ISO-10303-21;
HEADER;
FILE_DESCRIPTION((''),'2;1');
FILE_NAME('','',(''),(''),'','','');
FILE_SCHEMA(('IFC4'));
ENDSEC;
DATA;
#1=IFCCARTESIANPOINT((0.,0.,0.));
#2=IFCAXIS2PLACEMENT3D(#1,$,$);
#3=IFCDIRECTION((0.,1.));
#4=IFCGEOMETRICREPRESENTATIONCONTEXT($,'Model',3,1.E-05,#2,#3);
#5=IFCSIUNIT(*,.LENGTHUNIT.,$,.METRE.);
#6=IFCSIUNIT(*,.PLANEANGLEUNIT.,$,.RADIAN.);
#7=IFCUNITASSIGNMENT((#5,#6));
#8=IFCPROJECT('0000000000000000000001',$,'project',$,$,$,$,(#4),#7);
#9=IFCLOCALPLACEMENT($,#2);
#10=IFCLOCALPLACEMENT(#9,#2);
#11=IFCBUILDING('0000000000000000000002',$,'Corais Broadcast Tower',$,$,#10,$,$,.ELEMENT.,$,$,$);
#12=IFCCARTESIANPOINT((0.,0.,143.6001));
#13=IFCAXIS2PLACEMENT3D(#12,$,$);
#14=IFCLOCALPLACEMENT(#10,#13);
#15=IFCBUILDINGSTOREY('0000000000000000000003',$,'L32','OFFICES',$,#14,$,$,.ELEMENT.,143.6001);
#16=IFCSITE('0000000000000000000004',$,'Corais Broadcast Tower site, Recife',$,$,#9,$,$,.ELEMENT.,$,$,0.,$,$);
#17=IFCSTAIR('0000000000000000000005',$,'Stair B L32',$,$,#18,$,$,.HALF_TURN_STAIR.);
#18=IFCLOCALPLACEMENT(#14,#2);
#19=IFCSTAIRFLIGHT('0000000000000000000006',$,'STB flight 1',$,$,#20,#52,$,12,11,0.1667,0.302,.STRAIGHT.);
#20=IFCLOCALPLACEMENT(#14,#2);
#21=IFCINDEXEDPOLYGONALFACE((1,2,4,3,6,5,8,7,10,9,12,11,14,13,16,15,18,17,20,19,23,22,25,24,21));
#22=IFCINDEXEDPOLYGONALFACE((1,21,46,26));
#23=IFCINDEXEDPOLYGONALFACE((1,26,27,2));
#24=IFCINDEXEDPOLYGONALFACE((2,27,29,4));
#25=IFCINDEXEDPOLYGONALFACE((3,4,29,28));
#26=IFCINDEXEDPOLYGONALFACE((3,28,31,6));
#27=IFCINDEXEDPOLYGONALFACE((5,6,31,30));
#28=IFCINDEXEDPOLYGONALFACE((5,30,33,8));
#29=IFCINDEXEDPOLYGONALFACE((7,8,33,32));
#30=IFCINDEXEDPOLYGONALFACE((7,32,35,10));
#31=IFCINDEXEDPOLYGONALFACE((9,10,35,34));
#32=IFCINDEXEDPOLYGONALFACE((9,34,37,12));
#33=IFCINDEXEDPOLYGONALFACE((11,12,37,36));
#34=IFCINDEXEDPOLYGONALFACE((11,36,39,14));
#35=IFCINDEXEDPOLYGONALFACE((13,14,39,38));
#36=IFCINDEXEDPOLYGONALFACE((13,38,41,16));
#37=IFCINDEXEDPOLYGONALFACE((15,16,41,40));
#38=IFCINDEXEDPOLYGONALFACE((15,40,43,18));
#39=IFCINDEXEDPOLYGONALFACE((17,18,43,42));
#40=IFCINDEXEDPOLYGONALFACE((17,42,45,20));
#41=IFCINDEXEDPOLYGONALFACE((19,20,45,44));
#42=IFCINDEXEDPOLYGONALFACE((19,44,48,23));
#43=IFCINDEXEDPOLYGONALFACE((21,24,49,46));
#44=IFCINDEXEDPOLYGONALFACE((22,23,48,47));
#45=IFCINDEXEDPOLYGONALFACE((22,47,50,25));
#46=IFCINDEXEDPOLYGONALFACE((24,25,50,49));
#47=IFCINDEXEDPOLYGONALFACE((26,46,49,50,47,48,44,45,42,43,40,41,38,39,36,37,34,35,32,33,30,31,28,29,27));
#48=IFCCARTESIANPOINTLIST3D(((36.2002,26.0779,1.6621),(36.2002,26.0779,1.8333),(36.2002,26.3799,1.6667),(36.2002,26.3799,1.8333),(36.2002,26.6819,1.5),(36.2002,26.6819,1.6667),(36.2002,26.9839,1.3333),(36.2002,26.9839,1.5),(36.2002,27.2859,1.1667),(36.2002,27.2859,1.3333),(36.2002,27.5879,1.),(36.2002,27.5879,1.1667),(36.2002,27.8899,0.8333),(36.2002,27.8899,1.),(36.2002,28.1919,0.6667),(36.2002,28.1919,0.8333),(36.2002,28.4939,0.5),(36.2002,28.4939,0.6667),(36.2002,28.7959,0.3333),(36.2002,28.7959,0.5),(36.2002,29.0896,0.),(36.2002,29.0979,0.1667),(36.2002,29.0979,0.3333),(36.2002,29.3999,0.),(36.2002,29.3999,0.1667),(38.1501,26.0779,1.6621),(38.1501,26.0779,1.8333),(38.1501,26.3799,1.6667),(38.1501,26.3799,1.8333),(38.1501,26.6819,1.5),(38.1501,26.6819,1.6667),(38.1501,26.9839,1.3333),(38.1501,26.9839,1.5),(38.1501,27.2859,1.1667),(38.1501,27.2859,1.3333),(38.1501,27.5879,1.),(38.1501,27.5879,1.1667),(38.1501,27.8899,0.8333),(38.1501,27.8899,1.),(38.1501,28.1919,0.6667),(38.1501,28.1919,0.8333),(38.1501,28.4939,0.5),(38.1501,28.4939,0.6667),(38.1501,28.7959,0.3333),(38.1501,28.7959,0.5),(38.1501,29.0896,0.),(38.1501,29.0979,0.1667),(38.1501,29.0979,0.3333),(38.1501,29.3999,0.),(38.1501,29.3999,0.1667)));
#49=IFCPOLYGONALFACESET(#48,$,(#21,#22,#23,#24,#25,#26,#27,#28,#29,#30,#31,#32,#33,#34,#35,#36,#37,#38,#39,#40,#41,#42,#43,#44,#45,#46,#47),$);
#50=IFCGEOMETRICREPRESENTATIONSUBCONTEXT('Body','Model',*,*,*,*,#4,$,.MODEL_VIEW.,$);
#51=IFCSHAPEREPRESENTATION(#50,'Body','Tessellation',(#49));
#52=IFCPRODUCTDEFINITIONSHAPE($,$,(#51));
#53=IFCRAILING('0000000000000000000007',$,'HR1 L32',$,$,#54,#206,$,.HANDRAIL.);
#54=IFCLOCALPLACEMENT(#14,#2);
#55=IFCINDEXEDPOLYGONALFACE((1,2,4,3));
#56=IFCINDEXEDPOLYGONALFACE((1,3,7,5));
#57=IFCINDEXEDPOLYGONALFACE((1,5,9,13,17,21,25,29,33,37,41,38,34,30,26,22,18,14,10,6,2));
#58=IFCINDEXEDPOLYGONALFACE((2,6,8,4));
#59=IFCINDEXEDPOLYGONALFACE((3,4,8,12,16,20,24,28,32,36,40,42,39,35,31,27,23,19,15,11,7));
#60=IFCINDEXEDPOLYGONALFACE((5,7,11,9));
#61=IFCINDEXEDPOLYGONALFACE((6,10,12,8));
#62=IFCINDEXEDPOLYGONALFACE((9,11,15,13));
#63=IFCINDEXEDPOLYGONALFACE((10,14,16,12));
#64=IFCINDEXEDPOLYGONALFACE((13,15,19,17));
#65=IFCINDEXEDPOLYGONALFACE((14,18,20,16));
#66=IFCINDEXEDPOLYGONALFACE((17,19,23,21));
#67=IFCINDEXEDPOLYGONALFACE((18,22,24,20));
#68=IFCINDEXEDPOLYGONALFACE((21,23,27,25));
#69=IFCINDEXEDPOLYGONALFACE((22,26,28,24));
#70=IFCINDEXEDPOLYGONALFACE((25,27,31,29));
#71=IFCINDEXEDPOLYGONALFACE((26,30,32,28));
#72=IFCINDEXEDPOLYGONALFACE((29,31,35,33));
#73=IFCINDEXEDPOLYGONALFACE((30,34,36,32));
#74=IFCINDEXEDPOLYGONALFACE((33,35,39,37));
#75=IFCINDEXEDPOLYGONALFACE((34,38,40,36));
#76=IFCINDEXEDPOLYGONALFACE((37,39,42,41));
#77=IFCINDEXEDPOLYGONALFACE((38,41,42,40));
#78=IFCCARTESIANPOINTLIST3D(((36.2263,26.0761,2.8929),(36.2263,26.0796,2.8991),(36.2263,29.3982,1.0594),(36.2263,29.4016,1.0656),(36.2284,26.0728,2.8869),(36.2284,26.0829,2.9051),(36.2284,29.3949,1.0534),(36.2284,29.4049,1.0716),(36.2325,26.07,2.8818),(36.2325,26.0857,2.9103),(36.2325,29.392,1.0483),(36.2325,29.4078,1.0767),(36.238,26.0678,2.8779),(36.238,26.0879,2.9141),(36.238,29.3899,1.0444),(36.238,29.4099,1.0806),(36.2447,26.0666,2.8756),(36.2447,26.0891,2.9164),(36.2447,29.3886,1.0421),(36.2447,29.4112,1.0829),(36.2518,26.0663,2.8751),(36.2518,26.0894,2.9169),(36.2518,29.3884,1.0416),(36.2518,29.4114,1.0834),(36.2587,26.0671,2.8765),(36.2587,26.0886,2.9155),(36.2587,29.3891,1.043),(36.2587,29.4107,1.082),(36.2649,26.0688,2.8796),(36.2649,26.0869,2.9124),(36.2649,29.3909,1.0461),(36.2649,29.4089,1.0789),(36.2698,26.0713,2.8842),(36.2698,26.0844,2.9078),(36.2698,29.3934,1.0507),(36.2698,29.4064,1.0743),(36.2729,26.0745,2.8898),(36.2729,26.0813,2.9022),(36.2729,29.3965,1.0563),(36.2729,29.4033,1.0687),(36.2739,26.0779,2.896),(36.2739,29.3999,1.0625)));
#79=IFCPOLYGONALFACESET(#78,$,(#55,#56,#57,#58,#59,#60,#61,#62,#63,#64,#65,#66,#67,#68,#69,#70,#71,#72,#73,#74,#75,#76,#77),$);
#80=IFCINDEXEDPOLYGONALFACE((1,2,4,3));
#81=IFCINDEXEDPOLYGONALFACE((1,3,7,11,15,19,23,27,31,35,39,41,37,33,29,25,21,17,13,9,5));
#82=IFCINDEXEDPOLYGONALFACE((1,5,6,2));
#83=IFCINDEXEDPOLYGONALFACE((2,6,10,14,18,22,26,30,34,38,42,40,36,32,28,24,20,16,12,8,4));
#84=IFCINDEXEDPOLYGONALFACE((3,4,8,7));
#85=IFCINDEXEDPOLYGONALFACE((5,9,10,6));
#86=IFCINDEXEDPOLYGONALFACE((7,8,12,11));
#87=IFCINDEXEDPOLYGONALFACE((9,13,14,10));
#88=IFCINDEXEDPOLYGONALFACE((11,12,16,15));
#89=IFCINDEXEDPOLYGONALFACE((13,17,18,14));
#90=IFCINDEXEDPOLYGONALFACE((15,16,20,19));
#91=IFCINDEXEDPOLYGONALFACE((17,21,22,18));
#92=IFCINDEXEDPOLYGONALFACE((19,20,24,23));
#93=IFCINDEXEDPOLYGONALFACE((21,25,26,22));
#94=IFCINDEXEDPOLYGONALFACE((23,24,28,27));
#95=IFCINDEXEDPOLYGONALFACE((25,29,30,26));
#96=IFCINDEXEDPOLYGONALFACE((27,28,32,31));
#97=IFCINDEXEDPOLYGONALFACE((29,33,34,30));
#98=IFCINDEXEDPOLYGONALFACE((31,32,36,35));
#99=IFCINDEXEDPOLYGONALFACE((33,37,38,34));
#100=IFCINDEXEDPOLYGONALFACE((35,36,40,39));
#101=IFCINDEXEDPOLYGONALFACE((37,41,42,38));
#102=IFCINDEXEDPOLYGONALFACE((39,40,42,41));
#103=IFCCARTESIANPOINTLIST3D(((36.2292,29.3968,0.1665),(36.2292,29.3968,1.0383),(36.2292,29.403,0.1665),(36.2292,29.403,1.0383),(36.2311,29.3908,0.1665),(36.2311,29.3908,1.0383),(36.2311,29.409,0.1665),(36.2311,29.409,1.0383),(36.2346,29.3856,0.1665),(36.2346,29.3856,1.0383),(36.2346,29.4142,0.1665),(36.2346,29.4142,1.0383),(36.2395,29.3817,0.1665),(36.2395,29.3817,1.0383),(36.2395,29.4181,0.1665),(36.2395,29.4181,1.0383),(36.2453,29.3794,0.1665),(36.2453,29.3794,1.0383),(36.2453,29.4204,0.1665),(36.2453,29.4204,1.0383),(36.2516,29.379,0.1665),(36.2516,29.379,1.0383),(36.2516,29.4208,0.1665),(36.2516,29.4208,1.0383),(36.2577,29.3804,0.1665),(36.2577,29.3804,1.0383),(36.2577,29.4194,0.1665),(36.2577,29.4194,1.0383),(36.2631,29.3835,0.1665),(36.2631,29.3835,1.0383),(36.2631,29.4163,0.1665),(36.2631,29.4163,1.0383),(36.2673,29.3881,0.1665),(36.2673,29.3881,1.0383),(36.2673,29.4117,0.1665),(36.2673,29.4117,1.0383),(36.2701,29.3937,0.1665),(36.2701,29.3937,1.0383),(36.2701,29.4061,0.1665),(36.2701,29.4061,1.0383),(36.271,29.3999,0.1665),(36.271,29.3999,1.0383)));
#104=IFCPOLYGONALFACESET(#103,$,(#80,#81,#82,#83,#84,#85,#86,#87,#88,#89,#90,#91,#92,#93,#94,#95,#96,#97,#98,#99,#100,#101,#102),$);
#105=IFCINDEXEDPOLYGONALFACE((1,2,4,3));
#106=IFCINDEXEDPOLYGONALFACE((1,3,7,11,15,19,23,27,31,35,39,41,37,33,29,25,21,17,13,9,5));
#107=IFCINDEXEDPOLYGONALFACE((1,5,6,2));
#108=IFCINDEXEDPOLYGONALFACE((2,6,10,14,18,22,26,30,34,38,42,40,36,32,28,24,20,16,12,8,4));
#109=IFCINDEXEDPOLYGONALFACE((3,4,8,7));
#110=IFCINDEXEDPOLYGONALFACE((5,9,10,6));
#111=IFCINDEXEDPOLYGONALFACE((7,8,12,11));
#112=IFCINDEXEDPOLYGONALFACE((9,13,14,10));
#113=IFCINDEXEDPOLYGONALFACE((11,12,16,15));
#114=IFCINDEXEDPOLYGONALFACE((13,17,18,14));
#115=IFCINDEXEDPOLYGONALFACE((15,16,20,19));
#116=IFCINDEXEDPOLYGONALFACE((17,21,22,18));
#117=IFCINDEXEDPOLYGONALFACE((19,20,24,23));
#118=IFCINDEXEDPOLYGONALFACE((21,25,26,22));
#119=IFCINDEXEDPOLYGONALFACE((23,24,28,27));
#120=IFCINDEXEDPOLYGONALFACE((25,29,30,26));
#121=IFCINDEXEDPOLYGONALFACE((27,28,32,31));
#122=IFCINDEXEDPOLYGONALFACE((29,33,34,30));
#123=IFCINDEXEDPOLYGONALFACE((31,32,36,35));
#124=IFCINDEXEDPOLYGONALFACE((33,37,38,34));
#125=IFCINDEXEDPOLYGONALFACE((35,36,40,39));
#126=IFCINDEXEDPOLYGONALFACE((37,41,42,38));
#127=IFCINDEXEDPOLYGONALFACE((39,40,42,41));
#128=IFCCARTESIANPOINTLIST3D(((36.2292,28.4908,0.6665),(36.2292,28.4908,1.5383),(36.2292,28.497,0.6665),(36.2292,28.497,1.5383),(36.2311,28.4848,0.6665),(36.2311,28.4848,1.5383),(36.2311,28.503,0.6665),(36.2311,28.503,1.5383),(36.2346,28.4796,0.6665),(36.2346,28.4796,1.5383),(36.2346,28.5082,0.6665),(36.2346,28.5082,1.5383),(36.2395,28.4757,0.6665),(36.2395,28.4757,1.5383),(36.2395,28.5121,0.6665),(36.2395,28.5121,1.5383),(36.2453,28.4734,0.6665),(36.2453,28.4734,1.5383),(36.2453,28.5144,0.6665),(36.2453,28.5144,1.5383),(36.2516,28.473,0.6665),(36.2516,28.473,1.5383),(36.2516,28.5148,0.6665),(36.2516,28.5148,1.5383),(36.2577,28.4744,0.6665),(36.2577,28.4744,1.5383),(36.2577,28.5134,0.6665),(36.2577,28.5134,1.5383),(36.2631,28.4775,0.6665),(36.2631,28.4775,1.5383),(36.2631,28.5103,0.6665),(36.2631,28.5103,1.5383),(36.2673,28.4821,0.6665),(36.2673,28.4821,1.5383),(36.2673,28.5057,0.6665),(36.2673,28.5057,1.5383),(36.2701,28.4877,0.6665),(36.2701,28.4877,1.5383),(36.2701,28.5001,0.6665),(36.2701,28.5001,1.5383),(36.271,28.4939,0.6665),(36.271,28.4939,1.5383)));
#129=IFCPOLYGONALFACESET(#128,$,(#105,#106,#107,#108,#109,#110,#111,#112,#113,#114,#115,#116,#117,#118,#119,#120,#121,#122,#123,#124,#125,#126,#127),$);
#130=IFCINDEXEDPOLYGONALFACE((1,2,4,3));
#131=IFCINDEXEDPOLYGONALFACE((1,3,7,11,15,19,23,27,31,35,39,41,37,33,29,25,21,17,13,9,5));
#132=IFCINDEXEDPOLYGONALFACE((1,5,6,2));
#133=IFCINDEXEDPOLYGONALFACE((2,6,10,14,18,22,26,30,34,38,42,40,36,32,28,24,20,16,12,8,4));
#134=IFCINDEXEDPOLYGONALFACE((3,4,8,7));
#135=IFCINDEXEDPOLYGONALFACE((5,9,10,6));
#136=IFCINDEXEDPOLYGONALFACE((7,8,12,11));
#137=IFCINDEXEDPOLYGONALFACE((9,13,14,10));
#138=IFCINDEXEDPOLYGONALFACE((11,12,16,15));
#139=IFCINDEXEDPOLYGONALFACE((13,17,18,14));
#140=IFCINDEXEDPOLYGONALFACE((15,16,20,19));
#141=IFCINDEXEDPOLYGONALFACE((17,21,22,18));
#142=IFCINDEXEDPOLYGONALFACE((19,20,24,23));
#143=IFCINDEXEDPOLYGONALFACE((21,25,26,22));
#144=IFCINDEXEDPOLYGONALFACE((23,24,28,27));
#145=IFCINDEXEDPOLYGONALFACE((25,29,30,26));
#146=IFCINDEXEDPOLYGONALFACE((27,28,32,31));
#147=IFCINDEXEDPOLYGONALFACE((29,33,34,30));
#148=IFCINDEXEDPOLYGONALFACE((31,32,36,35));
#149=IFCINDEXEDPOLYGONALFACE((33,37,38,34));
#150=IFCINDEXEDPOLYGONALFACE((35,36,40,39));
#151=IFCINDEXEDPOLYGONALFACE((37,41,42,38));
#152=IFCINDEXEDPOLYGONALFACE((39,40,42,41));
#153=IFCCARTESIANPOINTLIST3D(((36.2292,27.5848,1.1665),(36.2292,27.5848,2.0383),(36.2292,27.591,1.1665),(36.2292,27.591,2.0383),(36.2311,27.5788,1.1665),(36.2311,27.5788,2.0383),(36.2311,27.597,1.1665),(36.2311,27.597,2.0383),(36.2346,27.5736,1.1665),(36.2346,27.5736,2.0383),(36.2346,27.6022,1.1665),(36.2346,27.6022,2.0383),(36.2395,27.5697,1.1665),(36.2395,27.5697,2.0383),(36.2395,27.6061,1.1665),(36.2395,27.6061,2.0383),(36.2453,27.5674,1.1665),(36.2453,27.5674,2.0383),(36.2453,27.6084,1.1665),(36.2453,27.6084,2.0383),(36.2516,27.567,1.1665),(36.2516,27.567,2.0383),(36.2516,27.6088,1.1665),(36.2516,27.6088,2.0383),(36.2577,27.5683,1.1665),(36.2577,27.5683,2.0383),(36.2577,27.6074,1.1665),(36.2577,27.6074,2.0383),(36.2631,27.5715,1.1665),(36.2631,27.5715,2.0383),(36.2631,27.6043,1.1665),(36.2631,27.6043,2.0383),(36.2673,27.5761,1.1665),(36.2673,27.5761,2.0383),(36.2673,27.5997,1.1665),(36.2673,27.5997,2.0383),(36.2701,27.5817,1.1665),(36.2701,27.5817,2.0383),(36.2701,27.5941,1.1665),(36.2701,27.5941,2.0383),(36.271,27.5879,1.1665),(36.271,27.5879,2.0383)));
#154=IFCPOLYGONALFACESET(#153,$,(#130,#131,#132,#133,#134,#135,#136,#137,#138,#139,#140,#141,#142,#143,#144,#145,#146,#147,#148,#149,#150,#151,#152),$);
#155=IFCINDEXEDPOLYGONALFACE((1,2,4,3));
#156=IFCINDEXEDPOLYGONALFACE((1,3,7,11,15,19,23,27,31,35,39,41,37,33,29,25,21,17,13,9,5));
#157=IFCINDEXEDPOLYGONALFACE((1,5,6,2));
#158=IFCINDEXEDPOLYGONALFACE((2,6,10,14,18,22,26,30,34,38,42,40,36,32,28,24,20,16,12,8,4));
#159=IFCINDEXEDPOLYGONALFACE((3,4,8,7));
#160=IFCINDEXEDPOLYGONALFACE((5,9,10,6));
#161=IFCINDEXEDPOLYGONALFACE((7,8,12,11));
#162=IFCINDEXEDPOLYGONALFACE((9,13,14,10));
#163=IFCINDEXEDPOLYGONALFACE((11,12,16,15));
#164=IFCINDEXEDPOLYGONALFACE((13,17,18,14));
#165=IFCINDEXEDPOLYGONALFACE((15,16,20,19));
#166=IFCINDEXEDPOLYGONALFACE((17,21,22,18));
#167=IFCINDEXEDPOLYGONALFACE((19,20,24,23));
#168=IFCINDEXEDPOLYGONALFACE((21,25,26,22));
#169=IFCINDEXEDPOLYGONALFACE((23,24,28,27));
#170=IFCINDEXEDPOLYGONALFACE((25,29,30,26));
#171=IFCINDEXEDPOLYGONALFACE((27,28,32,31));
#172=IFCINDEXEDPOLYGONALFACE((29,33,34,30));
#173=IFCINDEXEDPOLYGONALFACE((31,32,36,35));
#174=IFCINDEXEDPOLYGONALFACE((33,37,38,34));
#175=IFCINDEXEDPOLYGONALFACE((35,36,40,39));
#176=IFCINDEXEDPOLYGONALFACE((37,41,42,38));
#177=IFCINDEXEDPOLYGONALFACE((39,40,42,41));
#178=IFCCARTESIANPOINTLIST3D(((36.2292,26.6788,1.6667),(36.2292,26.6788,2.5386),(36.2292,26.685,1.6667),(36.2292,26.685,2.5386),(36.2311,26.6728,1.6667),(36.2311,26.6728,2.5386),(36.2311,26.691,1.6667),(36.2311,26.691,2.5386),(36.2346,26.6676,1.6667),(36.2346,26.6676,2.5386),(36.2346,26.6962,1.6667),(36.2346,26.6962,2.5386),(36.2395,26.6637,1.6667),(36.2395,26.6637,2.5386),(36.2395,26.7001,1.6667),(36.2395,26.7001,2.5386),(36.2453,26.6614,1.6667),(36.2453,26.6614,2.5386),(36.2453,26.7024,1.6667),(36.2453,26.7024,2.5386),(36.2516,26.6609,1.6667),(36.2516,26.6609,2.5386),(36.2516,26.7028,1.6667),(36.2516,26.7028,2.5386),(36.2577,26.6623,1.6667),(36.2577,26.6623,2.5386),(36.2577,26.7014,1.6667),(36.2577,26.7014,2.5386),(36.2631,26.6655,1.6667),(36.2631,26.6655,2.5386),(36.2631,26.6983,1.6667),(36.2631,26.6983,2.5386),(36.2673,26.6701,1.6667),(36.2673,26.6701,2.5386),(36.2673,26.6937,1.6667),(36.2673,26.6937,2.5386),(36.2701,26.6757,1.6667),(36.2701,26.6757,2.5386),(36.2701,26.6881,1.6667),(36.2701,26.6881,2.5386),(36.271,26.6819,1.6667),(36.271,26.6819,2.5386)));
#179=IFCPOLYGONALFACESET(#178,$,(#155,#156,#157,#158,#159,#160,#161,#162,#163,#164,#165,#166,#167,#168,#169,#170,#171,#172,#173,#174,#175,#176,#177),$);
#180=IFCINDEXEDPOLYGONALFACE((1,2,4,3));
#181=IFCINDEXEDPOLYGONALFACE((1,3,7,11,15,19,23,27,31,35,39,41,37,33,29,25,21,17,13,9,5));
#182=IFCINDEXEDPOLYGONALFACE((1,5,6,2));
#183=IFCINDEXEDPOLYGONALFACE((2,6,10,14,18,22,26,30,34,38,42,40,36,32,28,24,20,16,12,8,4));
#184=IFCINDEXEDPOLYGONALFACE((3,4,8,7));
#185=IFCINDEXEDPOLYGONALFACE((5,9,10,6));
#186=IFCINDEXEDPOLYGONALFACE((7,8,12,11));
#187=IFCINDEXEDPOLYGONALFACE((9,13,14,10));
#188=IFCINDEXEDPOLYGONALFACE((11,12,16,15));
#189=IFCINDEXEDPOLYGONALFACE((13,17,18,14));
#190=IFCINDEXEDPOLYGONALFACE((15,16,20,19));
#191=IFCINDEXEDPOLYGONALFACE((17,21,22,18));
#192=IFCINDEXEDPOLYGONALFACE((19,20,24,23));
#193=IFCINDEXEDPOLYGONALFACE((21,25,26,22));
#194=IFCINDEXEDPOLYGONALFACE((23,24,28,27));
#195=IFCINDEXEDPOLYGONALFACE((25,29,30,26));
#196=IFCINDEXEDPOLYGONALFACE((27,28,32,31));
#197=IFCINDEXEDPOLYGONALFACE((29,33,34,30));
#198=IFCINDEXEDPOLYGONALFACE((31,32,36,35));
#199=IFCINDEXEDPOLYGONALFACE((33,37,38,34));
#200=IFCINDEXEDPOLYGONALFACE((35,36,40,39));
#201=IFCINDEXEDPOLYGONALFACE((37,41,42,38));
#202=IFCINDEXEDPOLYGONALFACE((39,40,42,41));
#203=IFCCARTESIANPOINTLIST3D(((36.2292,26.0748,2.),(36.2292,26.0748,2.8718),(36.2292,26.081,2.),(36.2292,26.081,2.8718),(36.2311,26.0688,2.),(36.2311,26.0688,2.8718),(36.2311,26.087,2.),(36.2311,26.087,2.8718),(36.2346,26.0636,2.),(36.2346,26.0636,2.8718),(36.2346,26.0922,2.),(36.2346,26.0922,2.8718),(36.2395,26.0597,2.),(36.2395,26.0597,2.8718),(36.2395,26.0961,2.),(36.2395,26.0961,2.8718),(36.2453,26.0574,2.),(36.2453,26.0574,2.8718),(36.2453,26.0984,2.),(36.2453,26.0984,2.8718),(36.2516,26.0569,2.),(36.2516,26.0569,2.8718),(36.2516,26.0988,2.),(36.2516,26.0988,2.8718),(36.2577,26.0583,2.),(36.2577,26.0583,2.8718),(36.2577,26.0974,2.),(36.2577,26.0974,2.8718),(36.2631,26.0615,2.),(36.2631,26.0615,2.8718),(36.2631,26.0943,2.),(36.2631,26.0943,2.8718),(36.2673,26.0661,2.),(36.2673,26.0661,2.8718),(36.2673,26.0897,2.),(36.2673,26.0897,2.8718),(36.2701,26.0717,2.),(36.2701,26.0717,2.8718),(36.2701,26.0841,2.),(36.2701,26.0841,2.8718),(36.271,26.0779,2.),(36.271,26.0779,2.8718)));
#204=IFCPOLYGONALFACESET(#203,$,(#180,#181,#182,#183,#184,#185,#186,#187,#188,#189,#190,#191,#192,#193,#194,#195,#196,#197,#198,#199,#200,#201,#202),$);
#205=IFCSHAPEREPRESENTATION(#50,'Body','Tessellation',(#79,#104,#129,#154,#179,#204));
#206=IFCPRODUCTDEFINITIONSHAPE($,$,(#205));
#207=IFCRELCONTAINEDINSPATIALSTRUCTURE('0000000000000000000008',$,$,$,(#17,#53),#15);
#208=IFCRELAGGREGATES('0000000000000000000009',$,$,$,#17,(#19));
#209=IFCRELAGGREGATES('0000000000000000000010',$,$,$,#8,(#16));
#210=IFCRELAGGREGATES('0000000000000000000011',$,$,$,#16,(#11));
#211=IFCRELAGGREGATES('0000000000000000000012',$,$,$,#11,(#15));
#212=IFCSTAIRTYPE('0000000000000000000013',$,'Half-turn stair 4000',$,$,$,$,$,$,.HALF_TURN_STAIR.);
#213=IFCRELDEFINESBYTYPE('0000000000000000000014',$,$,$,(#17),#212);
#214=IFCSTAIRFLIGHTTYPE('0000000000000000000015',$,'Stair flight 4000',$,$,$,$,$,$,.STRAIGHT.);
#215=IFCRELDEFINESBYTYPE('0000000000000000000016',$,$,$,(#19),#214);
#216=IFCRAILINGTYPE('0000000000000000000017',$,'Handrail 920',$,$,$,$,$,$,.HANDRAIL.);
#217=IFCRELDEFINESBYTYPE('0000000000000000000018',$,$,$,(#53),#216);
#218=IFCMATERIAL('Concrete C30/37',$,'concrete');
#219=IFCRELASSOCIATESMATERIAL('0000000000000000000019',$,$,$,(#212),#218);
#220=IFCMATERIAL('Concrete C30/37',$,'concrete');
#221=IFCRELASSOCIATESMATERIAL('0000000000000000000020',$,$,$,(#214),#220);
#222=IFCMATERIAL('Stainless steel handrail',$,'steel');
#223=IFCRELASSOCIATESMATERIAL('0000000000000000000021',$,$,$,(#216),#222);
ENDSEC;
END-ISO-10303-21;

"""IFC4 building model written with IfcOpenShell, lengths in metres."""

from ifc_helpers import new_model, si_unit, direction, frame, origin, origin_2d, place, context, subcontext, project, spatial, polyline, circle, outline, extrude, material, type_object, element, aggregate, save


model = new_model("IFC4")

# Units and contexts
model_context = context("Model", 3, precision=1e-05, world=origin(), true_north=direction((0.0, 1.0)))
body_context = subcontext(model_context, "Body", "Model", "MODEL_VIEW")
ifc_project = project(units=[si_unit("LENGTHUNIT", "METRE"), si_unit("PLANEANGLEUNIT", "RADIAN")], contexts=[model_context])

# Site, building, storey
site_placement = place(None, origin())
site = spatial("IfcSite", under=ifc_project, at=site_placement, Name="Corais Broadcast Tower site, Recife", CompositionType="ELEMENT", RefElevation=0.0)
building_placement = place(site_placement, origin())
building = spatial("IfcBuilding", under=site, at=building_placement, Name="Corais Broadcast Tower", CompositionType="ELEMENT")
storey_placement = place(building_placement, frame((0.0, 0.0, 143.6001)))
storey = spatial("IfcBuildingStorey", under=building, at=storey_placement, Name="L32", Description="OFFICES", CompositionType="ELEMENT", Elevation=143.6001)

# Stair, stair flight
ifc_material_1 = material(Name="Concrete C30/37", Category="concrete")
stair_type = type_object("IfcStairType", Name="Half-turn stair 4000", PredefinedType="HALF_TURN_STAIR", material=ifc_material_1)
stair_placement = place(storey_placement, origin())
stair = element("IfcStair", 1, at=stair_placement, inside=storey, type_object=stair_type, Name="Stair B L32", PredefinedType="HALF_TURN_STAIR")
ifc_material_2 = material(Name="Concrete C30/37", Category="concrete")
stair_flight_type = type_object("IfcStairFlightType", Name="Stair flight 4000", PredefinedType="STRAIGHT", material=ifc_material_2)
stair_flight_placement = place(storey_placement, frame((37.175, 29.3999, 0.0), z_axis=(0.0, 0.0, 1.0), x_axis=(0.0, -1.0, 0.0)))
stair_flight = element("IfcStairFlight", 2, at=stair_flight_placement, type_object=stair_flight_type, Name="STB flight 1", NumberOfRisers=12, NumberOfTreads=11, PredefinedType="STRAIGHT", RiserHeight=0.1667, TreadLength=0.302, context=body_context, shape_type="SweptSolid", body=[
    extrude(outline(polyline([(0.0, 0.0), (0.0, 0.1667), (0.302, 0.1667), (0.302, 0.3333), (0.604, 0.3333), (0.604, 0.5), (0.906, 0.5), (0.906, 0.6667), (1.208, 0.6667), (1.208, 0.8333), (1.51, 0.8333), (1.51, 1.0), (1.812, 1.0), (1.812, 1.1667), (2.114, 1.1667), (2.114, 1.3333), (2.416, 1.3333), (2.416, 1.5), (2.718, 1.5), (2.718, 1.6667), (3.02, 1.6667), (3.02, 1.8333), (3.322, 1.8333), (3.322, 2.0), (3.322, 1.6621), (0.3103, 0.0), (0.0, 0.0)])), frame((0.0, 0.9751, 0.0), z_axis=(0.0, -1.0, 0.0), x_axis=(1.0, 0.0, 0.0)), (0.0, 0.0, 1.0), 1.95),
])
aggregate(stair, [stair_flight])

# Railing
ifc_material_3 = material(Name="Stainless steel handrail", Category="steel")
railing_type = type_object("IfcRailingType", Name="Handrail 920", PredefinedType="HANDRAIL", material=ifc_material_3)
for number, where, name in (
    (3, (36.25, 29.3999, 0.1665), "HR1 L32"),
):
    element("IfcRailing", number, at=place(storey_placement, frame(where)), inside=storey, type_object=railing_type, Name=name, PredefinedType="HANDRAIL", context=body_context, shape_type="SweptSolid", body=[
        extrude(circle(Radius=0.0239, at=origin_2d()), frame((0.0, 0.0, 0.896), z_axis=(0.0, -0.875504, 0.48321), x_axis=(1.0, 0.0, 0.0)), (0.0, 0.0, 1.0), 3.7944),
        extrude(circle(Radius=0.021, at=origin_2d()), origin(), (0.0, 0.0, 1.0), 0.8718),
        extrude(circle(Radius=0.021, at=origin_2d()), frame((0.0, -0.906, 0.5)), (0.0, 0.0, 1.0), 0.8718),
        extrude(circle(Radius=0.021, at=origin_2d()), frame((0.0, -1.812, 1.0)), (0.0, 0.0, 1.0), 0.8718),
        extrude(circle(Radius=0.021, at=origin_2d()), frame((0.0, -2.718, 1.5002)), (0.0, 0.0, 1.0), 0.8718),
        extrude(circle(Radius=0.021, at=origin_2d()), frame((0.0, -3.322, 1.8335)), (0.0, 0.0, 1.0), 0.8718),
    ])

save(model, "model.ifc")
